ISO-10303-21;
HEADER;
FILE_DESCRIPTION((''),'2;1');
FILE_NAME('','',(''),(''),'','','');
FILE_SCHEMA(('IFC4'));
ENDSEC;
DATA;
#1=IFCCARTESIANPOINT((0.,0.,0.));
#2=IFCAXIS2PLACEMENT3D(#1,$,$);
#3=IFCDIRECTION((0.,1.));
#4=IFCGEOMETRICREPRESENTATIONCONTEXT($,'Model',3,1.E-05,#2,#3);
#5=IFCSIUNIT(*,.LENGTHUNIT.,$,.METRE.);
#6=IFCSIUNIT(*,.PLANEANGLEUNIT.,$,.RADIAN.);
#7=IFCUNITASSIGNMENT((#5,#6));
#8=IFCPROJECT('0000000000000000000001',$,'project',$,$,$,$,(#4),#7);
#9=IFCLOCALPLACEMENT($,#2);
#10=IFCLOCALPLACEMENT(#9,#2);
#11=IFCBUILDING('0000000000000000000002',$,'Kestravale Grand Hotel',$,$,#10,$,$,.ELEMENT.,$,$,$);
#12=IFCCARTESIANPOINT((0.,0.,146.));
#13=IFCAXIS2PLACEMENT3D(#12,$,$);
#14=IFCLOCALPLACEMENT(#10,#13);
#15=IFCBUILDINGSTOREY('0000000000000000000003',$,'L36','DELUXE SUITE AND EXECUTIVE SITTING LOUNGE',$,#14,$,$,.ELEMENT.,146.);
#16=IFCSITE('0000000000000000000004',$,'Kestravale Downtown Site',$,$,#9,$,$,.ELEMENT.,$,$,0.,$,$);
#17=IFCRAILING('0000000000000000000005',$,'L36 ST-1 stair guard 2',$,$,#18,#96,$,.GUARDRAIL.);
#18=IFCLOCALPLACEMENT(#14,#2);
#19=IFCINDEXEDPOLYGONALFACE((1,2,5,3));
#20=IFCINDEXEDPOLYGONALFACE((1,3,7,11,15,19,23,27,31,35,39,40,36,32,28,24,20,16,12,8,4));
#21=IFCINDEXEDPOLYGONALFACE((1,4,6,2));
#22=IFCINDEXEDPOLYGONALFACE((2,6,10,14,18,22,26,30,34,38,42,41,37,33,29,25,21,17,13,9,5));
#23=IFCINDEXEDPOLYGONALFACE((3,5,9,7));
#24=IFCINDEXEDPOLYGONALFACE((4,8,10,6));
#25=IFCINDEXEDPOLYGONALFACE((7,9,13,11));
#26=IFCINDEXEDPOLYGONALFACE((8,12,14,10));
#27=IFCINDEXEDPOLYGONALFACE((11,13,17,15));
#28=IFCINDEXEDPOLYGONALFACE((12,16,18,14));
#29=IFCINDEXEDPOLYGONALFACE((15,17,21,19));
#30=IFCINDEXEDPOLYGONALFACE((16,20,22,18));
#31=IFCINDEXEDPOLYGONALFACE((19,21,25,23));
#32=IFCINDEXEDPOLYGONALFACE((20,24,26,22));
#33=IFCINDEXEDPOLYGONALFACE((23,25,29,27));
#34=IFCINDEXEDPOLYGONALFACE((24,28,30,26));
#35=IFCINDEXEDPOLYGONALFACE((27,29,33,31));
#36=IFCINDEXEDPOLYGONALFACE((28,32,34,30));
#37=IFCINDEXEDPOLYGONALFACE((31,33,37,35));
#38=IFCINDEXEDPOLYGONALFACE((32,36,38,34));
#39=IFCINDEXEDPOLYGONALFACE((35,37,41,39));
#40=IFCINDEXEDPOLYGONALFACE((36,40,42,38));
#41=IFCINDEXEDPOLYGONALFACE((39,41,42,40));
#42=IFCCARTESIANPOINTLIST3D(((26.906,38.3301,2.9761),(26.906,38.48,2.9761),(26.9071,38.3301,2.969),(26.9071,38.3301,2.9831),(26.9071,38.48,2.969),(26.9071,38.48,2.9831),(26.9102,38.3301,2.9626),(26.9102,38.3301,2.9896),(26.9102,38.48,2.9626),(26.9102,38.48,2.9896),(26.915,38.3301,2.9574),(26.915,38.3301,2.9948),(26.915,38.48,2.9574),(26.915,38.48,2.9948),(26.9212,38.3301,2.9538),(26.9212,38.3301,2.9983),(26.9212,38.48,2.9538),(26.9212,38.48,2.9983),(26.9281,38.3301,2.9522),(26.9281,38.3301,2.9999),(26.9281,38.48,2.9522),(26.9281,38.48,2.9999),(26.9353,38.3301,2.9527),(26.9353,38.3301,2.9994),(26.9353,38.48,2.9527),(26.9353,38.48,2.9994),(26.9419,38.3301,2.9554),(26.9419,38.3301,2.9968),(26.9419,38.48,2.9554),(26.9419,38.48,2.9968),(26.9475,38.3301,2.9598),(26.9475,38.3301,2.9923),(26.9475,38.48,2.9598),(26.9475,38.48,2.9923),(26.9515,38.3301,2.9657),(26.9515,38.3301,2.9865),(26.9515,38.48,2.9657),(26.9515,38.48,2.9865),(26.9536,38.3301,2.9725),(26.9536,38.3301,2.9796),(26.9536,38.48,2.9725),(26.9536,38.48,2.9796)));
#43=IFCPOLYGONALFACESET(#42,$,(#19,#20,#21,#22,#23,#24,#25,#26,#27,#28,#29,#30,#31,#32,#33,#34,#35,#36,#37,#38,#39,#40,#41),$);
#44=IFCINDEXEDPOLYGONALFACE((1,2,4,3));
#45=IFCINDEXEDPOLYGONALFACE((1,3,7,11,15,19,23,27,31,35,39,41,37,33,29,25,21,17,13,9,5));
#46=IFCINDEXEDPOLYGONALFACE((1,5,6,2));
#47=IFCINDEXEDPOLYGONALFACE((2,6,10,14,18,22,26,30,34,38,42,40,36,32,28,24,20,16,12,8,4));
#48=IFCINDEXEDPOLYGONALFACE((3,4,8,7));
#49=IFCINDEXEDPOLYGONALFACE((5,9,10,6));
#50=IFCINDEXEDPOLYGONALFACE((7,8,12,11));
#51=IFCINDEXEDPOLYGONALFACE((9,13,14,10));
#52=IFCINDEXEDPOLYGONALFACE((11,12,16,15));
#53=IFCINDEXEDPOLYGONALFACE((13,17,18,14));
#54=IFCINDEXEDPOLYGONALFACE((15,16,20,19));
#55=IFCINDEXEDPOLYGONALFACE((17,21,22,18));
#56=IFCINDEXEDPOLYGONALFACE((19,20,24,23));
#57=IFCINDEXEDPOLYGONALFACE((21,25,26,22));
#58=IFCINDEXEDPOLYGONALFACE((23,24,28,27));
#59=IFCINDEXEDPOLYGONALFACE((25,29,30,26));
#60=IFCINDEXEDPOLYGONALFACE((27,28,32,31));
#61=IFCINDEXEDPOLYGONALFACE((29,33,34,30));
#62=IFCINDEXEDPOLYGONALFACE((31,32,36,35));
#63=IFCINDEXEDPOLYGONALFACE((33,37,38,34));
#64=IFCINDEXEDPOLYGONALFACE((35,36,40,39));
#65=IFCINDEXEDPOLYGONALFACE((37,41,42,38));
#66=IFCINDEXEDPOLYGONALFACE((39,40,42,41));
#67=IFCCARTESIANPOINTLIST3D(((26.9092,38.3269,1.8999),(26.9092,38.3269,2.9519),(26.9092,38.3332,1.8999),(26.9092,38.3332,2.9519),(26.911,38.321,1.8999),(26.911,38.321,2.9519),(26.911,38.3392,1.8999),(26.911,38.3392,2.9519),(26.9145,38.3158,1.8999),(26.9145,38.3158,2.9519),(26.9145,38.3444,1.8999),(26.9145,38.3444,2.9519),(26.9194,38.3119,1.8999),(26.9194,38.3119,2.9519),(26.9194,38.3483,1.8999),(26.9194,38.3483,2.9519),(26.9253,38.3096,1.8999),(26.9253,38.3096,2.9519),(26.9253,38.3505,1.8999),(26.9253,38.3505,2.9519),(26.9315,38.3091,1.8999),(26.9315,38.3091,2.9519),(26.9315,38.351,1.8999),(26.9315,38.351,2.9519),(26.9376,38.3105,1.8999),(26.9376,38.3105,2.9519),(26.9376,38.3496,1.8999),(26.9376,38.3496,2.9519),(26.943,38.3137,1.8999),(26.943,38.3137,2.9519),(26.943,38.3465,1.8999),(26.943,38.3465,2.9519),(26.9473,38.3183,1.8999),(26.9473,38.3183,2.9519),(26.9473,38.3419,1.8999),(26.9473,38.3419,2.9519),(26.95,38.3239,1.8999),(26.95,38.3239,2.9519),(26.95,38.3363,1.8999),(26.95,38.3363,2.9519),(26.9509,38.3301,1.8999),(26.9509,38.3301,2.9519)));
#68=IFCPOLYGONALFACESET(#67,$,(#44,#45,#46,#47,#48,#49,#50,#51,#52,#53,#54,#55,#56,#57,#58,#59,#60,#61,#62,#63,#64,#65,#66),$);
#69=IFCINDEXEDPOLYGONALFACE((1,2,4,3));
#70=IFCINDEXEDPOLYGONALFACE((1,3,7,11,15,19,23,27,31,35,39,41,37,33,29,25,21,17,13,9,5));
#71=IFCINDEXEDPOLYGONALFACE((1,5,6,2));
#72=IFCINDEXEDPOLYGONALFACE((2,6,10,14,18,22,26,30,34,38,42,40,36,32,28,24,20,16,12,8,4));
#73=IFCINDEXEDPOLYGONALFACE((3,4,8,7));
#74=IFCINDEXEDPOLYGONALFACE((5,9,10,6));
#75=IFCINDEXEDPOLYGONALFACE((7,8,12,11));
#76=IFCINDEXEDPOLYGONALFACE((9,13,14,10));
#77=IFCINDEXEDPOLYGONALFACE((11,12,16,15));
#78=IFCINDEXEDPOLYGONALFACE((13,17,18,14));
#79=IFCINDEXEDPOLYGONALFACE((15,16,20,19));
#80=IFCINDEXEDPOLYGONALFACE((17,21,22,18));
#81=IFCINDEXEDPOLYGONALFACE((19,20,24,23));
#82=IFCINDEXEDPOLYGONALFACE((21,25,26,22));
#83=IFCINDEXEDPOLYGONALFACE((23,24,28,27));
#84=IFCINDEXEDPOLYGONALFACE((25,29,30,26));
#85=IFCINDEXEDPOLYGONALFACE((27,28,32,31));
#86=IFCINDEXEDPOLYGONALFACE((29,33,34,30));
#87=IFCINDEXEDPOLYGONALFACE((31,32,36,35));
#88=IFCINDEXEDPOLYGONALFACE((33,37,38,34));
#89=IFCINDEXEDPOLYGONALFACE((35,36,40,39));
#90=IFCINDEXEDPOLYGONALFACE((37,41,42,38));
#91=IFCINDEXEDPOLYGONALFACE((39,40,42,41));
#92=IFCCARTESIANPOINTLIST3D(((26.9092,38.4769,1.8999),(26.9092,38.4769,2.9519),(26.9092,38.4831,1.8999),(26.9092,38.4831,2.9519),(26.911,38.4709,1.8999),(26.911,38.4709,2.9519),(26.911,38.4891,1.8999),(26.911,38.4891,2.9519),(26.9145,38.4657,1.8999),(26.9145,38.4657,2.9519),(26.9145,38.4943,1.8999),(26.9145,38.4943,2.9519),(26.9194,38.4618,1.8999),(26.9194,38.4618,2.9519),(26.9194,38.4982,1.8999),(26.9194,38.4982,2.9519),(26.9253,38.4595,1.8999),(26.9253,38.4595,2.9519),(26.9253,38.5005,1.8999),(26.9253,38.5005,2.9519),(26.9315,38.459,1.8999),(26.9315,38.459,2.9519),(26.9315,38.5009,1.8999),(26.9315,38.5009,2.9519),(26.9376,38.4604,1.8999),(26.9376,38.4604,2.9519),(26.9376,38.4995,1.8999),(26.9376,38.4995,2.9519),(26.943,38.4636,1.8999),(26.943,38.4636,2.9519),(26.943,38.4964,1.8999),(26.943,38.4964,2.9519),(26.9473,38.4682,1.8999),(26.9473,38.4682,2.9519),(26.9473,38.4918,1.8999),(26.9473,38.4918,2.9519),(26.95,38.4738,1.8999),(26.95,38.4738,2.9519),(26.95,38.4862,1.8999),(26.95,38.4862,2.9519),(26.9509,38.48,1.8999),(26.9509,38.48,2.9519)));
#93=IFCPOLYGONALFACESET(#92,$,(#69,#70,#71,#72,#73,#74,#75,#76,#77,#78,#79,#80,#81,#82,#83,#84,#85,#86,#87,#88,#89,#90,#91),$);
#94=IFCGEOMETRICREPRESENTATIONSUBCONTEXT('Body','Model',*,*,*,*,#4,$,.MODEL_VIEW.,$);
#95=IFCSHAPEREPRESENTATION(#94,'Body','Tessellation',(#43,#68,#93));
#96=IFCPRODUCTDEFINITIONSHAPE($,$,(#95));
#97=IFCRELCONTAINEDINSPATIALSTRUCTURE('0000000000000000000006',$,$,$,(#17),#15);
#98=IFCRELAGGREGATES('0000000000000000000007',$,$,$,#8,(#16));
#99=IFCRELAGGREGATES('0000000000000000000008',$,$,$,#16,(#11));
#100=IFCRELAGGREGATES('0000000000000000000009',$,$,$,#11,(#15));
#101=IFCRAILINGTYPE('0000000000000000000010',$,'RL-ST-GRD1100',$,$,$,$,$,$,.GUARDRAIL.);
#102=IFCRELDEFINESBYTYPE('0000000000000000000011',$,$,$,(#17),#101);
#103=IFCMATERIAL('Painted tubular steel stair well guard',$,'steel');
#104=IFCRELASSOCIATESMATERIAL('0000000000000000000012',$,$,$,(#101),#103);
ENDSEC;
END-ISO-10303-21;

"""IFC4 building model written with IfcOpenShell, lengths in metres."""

from ifc_helpers import new_model, si_unit, direction, frame, origin, origin_2d, place, context, subcontext, project, spatial, circle, extrude, material, type_object, element, save


model = new_model("IFC4")

# Units and contexts
model_context = context("Model", 3, precision=1e-05, world=origin(), true_north=direction((0.0, 1.0)))
body_context = subcontext(model_context, "Body", "Model", "MODEL_VIEW")
ifc_project = project(units=[si_unit("LENGTHUNIT", "METRE"), si_unit("PLANEANGLEUNIT", "RADIAN")], contexts=[model_context])

# Site, building, storey
site_placement = place(None, origin())
site = spatial("IfcSite", under=ifc_project, at=site_placement, Name="Kestravale Downtown Site", CompositionType="ELEMENT", RefElevation=0.0)
building_placement = place(site_placement, origin())
building = spatial("IfcBuilding", under=site, at=building_placement, Name="Kestravale Grand Hotel", CompositionType="ELEMENT")
storey_placement = place(building_placement, frame((0.0, 0.0, 146.0)))
storey = spatial("IfcBuildingStorey", under=building, at=storey_placement, Name="L36", Description="DELUXE SUITE AND EXECUTIVE SITTING LOUNGE", CompositionType="ELEMENT", Elevation=146.0)

# Railing
ifc_material_1 = material(Name="Painted tubular steel stair well guard", Category="steel")
railing_type_1 = type_object("IfcRailingType", Name="RL-ST-GRD1100", PredefinedType="GUARDRAIL", material=ifc_material_1)
railing_1_placement = place(storey_placement, frame((26.9299, 38.3301, 1.8999)))
element("IfcRailing", 1, at=railing_1_placement, inside=storey, type_object=railing_type_1, Name="L36 ST-1 stair guard 2", PredefinedType="GUARDRAIL", context=body_context, shape_type="SweptSolid", body=[
    extrude(circle(Radius=0.0239, at=origin_2d()), frame((0.0, 0.0, 1.0762), z_axis=(0.0, 1.0, 0.0), x_axis=(-1.0, 0.0, 0.0)), (0.0, 0.0, 1.0), 0.1499),
    extrude(circle(Radius=0.021, at=origin_2d()), origin(), (0.0, 0.0, 1.0), 1.052),
    extrude(circle(Radius=0.021, at=origin_2d()), frame((0.0, 0.1499, 0.0)), (0.0, 0.0, 1.0), 1.052),
])

save(model, "model.ifc")
